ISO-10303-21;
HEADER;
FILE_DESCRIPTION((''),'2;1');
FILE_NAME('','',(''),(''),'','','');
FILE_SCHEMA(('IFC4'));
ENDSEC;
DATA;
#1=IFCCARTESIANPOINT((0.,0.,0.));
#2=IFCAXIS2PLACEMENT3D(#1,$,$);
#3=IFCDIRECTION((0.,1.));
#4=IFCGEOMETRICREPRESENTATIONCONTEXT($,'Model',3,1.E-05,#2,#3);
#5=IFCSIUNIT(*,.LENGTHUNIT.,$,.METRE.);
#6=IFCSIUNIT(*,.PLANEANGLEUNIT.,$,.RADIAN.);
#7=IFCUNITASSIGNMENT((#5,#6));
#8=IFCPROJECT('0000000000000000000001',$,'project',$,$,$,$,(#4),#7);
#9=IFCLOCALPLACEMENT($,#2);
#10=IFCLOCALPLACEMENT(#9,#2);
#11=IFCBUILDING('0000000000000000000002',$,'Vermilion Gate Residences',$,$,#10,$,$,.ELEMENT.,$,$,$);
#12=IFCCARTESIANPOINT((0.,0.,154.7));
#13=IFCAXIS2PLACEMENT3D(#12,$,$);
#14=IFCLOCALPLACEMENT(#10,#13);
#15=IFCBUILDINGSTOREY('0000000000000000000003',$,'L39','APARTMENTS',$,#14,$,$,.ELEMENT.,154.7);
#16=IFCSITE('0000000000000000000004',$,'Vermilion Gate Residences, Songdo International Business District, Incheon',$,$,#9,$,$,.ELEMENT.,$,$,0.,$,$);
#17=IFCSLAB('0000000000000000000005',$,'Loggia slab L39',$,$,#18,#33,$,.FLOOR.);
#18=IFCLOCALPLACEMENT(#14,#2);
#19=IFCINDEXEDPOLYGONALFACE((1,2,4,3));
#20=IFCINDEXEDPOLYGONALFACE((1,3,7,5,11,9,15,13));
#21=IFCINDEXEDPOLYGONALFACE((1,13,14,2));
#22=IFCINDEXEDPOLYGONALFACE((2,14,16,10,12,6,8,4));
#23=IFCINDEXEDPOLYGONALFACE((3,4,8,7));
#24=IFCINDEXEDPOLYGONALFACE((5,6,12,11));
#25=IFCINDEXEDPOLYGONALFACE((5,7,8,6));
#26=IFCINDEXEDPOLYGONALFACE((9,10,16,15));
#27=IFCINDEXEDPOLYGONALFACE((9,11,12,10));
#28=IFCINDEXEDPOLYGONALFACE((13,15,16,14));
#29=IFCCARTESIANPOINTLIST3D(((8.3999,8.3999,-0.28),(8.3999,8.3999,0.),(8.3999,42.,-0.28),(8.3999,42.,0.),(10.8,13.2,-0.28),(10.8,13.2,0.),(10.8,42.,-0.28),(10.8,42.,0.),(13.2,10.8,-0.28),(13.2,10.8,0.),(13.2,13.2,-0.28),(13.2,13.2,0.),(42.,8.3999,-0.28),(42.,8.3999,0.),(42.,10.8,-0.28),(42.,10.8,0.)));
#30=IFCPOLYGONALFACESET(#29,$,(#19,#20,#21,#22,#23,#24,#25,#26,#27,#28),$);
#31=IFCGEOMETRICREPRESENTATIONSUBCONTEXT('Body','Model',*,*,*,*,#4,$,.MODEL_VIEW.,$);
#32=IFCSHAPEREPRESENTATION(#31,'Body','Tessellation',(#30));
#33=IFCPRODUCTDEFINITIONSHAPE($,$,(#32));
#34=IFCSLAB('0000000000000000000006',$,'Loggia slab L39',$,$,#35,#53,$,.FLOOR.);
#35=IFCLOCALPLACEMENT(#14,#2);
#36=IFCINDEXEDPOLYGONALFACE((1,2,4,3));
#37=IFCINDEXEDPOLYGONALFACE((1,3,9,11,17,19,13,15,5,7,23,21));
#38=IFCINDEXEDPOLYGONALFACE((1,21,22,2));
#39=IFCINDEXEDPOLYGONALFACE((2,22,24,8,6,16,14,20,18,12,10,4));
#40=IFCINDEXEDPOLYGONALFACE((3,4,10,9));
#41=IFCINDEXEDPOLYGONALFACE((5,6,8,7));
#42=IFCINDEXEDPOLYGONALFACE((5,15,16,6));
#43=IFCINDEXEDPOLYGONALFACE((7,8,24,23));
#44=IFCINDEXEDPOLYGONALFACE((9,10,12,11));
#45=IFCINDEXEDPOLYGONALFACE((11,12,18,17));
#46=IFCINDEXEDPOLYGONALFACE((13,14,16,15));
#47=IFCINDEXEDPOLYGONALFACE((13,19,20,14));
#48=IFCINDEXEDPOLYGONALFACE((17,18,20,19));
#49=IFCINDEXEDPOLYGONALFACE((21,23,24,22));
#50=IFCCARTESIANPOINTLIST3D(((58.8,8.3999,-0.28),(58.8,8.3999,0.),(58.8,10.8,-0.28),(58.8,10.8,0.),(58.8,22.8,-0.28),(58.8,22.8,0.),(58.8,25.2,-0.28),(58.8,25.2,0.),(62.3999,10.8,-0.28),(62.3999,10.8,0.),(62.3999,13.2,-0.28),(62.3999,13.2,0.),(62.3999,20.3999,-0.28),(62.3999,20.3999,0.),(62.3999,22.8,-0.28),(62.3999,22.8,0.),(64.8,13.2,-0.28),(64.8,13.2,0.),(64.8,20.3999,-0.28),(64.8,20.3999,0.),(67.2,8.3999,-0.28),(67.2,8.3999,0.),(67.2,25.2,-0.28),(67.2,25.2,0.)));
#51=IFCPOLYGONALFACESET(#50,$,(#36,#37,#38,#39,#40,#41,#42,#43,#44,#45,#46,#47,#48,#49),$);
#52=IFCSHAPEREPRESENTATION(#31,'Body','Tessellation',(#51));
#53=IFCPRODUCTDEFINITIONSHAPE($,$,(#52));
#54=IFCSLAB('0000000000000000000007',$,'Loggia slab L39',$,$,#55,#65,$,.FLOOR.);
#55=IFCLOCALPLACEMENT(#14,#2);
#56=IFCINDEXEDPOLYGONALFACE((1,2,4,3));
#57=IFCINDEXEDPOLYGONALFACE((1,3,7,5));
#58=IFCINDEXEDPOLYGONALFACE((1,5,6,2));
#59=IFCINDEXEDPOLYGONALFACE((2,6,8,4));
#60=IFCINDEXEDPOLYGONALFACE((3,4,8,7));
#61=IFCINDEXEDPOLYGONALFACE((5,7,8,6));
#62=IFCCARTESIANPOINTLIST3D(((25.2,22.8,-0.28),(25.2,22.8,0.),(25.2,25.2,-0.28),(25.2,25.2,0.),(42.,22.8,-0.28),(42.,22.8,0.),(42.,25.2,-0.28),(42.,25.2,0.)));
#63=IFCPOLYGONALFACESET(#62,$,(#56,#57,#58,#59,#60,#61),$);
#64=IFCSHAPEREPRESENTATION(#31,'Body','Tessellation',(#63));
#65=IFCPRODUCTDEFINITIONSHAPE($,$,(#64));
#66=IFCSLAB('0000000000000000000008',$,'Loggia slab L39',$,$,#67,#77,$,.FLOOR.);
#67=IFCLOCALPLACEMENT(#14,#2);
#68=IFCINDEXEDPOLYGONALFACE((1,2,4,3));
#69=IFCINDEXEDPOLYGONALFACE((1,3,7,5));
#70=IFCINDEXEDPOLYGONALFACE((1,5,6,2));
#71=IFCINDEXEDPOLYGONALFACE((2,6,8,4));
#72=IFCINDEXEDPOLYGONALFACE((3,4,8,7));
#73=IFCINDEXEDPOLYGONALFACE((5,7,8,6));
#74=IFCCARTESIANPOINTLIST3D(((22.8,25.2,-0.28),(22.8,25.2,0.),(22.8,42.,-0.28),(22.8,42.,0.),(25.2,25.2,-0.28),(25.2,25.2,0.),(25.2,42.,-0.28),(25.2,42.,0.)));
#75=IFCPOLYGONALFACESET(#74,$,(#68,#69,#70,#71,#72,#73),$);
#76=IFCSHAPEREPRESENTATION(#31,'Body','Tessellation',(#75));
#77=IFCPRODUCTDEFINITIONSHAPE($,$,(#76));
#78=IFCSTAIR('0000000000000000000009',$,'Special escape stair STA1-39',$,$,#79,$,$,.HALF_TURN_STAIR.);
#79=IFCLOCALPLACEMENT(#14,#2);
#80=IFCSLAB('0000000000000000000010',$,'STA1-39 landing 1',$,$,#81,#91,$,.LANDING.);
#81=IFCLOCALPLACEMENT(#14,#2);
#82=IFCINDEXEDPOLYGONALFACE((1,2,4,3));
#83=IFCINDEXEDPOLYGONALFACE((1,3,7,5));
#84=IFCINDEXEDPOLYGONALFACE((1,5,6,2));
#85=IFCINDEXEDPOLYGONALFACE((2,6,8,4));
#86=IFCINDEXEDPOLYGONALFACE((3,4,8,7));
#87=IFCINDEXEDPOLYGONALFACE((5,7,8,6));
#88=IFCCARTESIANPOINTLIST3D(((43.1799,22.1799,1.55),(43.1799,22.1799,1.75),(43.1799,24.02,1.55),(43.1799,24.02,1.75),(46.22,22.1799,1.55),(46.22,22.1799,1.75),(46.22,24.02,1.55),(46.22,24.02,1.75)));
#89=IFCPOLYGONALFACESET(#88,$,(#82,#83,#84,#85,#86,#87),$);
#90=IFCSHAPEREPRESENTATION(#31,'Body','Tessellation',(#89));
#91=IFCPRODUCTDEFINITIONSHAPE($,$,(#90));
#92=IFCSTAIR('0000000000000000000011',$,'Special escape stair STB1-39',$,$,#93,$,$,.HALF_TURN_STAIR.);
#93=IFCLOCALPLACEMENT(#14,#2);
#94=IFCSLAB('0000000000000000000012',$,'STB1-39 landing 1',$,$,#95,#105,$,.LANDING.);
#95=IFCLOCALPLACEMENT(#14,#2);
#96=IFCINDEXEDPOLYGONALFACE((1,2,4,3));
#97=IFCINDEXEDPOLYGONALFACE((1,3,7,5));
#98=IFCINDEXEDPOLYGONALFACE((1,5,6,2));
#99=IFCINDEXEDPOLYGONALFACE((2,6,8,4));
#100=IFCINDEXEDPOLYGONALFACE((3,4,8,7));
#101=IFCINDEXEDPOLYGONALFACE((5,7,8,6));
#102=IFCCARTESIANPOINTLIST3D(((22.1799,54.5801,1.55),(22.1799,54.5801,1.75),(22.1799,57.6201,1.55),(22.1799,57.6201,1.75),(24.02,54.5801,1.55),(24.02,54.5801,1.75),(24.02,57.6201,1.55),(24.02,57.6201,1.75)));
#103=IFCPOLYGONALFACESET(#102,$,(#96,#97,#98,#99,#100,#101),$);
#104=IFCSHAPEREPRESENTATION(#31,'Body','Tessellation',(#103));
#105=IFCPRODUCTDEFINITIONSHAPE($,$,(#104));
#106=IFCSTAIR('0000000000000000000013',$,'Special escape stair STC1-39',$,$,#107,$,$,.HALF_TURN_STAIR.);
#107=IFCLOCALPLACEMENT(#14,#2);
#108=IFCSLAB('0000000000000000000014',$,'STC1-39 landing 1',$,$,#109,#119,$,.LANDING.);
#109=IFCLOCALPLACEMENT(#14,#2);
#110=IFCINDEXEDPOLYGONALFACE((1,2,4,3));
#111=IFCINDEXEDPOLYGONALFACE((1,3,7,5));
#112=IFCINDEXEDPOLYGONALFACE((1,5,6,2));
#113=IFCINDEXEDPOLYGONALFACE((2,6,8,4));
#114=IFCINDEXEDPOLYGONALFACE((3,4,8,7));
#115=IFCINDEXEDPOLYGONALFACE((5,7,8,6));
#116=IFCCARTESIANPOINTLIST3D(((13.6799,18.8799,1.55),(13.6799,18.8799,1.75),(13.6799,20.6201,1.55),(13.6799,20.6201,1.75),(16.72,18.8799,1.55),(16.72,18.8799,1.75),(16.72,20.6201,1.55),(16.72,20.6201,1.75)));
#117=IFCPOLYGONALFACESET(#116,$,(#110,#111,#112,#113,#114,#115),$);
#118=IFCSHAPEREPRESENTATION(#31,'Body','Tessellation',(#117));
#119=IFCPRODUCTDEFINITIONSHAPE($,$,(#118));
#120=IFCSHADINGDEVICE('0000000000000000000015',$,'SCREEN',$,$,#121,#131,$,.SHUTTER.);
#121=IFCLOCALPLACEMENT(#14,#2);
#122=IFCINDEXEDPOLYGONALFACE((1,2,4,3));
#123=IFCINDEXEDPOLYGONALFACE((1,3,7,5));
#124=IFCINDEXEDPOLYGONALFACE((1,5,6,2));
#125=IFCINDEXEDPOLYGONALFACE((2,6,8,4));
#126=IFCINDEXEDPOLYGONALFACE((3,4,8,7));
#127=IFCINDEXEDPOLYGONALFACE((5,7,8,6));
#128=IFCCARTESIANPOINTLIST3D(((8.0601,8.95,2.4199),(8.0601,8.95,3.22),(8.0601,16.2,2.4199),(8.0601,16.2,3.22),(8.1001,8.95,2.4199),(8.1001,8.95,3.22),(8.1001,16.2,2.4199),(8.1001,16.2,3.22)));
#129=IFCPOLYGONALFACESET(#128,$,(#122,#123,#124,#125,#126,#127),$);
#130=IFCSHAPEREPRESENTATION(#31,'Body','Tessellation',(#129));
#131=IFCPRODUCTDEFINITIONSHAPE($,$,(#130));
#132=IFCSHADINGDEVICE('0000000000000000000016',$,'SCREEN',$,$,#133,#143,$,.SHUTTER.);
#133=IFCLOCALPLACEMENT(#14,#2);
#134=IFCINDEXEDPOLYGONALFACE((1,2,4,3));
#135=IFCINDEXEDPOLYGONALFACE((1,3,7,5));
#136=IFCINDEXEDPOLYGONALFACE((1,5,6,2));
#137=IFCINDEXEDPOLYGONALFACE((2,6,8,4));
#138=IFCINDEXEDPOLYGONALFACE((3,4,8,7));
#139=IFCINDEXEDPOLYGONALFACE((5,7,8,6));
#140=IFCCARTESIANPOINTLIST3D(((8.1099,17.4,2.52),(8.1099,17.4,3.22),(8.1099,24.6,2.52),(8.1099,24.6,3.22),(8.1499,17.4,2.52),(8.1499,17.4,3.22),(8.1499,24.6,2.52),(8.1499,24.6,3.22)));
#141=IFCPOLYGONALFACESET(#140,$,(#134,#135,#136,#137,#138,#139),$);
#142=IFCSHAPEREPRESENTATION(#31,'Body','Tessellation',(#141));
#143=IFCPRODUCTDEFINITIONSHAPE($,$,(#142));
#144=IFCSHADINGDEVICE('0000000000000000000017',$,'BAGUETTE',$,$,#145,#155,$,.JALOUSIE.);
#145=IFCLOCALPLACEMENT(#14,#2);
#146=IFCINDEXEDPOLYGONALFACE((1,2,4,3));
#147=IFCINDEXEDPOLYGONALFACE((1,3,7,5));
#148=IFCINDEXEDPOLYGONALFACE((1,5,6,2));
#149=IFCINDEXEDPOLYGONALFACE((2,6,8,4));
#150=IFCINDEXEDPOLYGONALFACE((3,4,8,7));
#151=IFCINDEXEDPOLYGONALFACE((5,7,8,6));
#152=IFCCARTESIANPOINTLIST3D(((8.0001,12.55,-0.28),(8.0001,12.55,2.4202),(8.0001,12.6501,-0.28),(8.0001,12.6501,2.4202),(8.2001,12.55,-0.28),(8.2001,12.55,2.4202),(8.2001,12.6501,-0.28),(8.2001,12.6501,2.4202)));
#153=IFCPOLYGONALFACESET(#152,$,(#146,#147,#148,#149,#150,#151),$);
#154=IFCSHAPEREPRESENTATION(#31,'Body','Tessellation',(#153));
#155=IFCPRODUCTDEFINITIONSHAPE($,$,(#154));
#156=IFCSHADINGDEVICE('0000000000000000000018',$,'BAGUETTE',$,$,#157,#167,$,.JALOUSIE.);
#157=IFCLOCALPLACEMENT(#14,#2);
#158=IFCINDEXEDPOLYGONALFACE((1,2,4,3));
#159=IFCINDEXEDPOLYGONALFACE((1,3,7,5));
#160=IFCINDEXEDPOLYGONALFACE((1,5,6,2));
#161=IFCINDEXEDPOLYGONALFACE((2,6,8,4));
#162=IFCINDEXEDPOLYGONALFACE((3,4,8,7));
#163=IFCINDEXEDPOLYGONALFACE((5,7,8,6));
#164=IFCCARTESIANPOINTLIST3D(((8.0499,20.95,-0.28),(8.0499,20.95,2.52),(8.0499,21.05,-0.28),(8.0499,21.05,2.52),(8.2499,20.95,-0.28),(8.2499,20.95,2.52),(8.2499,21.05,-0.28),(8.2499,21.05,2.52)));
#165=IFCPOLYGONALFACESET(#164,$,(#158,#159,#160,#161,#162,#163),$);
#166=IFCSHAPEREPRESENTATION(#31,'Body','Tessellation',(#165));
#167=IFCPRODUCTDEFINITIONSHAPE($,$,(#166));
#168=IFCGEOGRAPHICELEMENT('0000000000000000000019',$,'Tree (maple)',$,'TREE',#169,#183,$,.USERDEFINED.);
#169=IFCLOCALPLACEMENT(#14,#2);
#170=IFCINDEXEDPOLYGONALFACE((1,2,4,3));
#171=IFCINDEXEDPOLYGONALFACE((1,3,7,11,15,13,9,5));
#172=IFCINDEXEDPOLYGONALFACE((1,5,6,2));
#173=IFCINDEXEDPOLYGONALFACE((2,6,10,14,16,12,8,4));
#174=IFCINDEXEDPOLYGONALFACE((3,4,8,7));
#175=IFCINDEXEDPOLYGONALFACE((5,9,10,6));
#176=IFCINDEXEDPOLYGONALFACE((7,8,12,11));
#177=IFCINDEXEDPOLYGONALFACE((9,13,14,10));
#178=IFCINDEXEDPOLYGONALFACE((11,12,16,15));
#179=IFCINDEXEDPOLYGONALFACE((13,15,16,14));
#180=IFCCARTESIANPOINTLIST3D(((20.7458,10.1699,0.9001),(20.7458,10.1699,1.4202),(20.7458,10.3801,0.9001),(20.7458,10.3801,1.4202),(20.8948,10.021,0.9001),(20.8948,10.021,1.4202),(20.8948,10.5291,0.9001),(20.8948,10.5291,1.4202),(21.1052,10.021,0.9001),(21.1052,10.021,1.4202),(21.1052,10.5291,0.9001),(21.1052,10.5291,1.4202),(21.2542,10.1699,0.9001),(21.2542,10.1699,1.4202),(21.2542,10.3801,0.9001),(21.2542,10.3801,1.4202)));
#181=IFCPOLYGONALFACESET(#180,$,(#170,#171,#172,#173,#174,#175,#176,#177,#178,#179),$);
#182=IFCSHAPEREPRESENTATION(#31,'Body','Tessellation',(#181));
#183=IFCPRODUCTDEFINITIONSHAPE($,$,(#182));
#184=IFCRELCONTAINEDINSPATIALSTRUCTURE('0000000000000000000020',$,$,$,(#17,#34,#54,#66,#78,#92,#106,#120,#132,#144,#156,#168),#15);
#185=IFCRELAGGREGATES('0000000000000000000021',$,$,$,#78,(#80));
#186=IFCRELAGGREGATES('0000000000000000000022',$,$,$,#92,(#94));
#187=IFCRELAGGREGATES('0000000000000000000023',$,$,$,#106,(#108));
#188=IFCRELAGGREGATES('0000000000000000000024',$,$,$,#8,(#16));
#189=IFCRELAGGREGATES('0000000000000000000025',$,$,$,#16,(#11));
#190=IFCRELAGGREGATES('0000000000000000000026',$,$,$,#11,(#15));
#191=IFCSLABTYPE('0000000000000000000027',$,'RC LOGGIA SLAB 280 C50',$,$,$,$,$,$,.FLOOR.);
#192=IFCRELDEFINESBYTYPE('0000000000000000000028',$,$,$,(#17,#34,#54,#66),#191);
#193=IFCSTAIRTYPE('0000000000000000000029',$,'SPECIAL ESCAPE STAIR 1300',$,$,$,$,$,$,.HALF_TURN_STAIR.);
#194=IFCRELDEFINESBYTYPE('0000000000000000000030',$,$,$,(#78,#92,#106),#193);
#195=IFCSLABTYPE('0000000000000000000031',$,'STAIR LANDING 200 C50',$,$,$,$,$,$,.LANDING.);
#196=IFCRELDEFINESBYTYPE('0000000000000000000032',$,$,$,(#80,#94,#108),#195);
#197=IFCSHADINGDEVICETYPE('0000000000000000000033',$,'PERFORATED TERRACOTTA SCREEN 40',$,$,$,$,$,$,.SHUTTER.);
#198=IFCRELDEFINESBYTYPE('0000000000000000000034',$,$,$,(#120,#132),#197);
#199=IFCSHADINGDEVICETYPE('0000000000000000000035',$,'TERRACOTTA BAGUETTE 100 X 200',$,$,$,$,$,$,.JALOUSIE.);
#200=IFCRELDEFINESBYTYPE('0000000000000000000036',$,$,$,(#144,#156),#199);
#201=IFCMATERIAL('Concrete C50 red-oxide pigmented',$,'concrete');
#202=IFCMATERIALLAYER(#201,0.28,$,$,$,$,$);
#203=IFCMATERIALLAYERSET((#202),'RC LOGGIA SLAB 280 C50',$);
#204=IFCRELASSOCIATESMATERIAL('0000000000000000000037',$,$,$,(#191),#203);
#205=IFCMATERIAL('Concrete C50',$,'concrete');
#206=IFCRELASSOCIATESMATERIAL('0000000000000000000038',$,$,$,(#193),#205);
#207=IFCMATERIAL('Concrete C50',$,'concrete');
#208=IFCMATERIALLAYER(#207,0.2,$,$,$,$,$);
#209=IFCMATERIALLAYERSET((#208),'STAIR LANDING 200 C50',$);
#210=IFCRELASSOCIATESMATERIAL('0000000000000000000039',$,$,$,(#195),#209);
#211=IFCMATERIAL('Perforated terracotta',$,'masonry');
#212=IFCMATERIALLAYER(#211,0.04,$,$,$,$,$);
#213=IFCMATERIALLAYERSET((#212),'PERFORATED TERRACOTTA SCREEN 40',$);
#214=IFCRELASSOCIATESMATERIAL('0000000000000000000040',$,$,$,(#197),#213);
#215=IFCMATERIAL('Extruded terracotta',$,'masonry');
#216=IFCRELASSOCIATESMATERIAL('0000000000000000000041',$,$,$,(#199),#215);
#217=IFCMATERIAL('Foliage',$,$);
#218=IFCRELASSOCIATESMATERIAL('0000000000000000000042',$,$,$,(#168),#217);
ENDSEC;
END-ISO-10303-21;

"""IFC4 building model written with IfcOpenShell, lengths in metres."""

from ifc_helpers import new_model, si_unit, direction, frame, origin, origin_2d, place, context, subcontext, project, spatial, polyline, rectangle, outline, extrude, material, layer, layer_set, material_profile, profile_set, type_object, element, aggregate, save


model = new_model("IFC4")

# Units and contexts
model_context = context("Model", 3, precision=1e-05, world=origin(), true_north=direction((0.0, 1.0)))
body_context = subcontext(model_context, "Body", "Model", "MODEL_VIEW")
ifc_project = project(units=[si_unit("LENGTHUNIT", "METRE"), si_unit("PLANEANGLEUNIT", "RADIAN")], contexts=[model_context])

# Site, building, storey
site_placement = place(None, origin())
site = spatial("IfcSite", under=ifc_project, at=site_placement, Name="Vermilion Gate Residences, Songdo International Business District, Incheon", CompositionType="ELEMENT", RefElevation=0.0)
building_placement = place(site_placement, origin())
building = spatial("IfcBuilding", under=site, at=building_placement, Name="Vermilion Gate Residences", CompositionType="ELEMENT")
storey_placement = place(building_placement, frame((0.0, 0.0, 154.7)))
storey = spatial("IfcBuildingStorey", under=building, at=storey_placement, Name="L39", Description="APARTMENTS", CompositionType="ELEMENT", Elevation=154.7)

# Slabs
ifc_material_1 = material(Name="Concrete C50 red-oxide pigmented", Category="concrete")
ifc_layer_1 = layer(ifc_material_1, 0.28)
ifc_layer_set_1 = layer_set([ifc_layer_1], Name="RC LOGGIA SLAB 280 C50")
slab_type_1 = type_object("IfcSlabType", Name="RC LOGGIA SLAB 280 C50", PredefinedType="FLOOR", material=ifc_layer_set_1)
slab_1_placement = place(storey_placement, frame((0.0, 0.0, -0.28)))
element("IfcSlab", 1, at=slab_1_placement, inside=storey, type_object=slab_type_1, Name="Loggia slab L39", PredefinedType="FLOOR", context=body_context, shape_type="SweptSolid", body=[
    extrude(outline(polyline([(8.3999, 42.0), (8.3999, 8.3999), (42.0, 8.3999), (42.0, 10.8), (13.2, 10.8), (13.2, 13.2), (10.8, 13.2), (10.8, 42.0), (8.3999, 42.0)])), origin(), (0.0, 0.0, 1.0), 0.28),
])
slab_2_placement = place(storey_placement, frame((0.0, 0.0, -0.28)))
element("IfcSlab", 2, at=slab_2_placement, inside=storey, type_object=slab_type_1, Name="Loggia slab L39", PredefinedType="FLOOR", context=body_context, shape_type="SweptSolid", body=[
    extrude(outline(polyline([(64.8, 13.2), (62.3999, 13.2), (62.3999, 10.8), (58.8, 10.8), (58.8, 8.3999), (67.2, 8.3999), (67.2, 25.2), (58.8, 25.2), (58.8, 22.8), (62.3999, 22.8), (62.3999, 20.3999), (64.8, 20.3999), (64.8, 13.2)])), origin(), (0.0, 0.0, 1.0), 0.28),
])
slab_3_placement = place(storey_placement, frame((0.0, 0.0, -0.28)))
element("IfcSlab", 3, at=slab_3_placement, inside=storey, type_object=slab_type_1, Name="Loggia slab L39", PredefinedType="FLOOR", context=body_context, shape_type="SweptSolid", body=[
    extrude(outline(polyline([(42.0, 25.2), (25.2, 25.2), (25.2, 22.8), (42.0, 22.8), (42.0, 25.2)])), origin(), (0.0, 0.0, 1.0), 0.28),
])
slab_4_placement = place(storey_placement, frame((0.0, 0.0, -0.28)))
element("IfcSlab", 4, at=slab_4_placement, inside=storey, type_object=slab_type_1, Name="Loggia slab L39", PredefinedType="FLOOR", context=body_context, shape_type="SweptSolid", body=[
    extrude(outline(polyline([(22.8, 42.0), (22.8, 25.2), (25.2, 25.2), (25.2, 42.0), (22.8, 42.0)])), origin(), (0.0, 0.0, 1.0), 0.28),
])

# Stairs, slabs
ifc_material_2 = material(Name="Concrete C50", Category="concrete")
stair_type = type_object("IfcStairType", Name="SPECIAL ESCAPE STAIR 1300", PredefinedType="HALF_TURN_STAIR", material=ifc_material_2)
stair_1_placement = place(storey_placement, origin())
stair_1 = element("IfcStair", 5, at=stair_1_placement, inside=storey, type_object=stair_type, Name="Special escape stair STA1-39", PredefinedType="HALF_TURN_STAIR")
ifc_material_3 = material(Name="Concrete C50", Category="concrete")
ifc_layer_2 = layer(ifc_material_3, 0.2)
ifc_layer_set_2 = layer_set([ifc_layer_2], Name="STAIR LANDING 200 C50")
slab_type_2 = type_object("IfcSlabType", Name="STAIR LANDING 200 C50", PredefinedType="LANDING", material=ifc_layer_set_2)
slab_5_placement = place(storey_placement, frame((0.0, 0.0, 1.55)))
slab_5 = element("IfcSlab", 6, at=slab_5_placement, type_object=slab_type_2, Name="STA1-39 landing 1", PredefinedType="LANDING", context=body_context, shape_type="SweptSolid", body=[
    extrude(outline(polyline([(46.22, 22.1799), (46.22, 24.02), (43.1799, 24.02), (43.1799, 22.1799), (46.22, 22.1799)])), origin(), (0.0, 0.0, 1.0), 0.2),
])
aggregate(stair_1, [slab_5])
stair_2_placement = place(storey_placement, origin())
stair_2 = element("IfcStair", 7, at=stair_2_placement, inside=storey, type_object=stair_type, Name="Special escape stair STB1-39", PredefinedType="HALF_TURN_STAIR")
slab_6_placement = place(storey_placement, frame((0.0, 0.0, 1.55)))
slab_6 = element("IfcSlab", 8, at=slab_6_placement, type_object=slab_type_2, Name="STB1-39 landing 1", PredefinedType="LANDING", context=body_context, shape_type="SweptSolid", body=[
    extrude(outline(polyline([(24.02, 54.5801), (24.02, 57.6201), (22.1799, 57.6201), (22.1799, 54.5801), (24.02, 54.5801)])), origin(), (0.0, 0.0, 1.0), 0.2),
])
aggregate(stair_2, [slab_6])
stair_3_placement = place(storey_placement, origin())
stair_3 = element("IfcStair", 9, at=stair_3_placement, inside=storey, type_object=stair_type, Name="Special escape stair STC1-39", PredefinedType="HALF_TURN_STAIR")
slab_7_placement = place(storey_placement, frame((0.0, 0.0, 1.55)))
slab_7 = element("IfcSlab", 10, at=slab_7_placement, type_object=slab_type_2, Name="STC1-39 landing 1", PredefinedType="LANDING", context=body_context, shape_type="SweptSolid", body=[
    extrude(outline(polyline([(16.72, 18.8799), (16.72, 20.6201), (13.6799, 20.6201), (13.6799, 18.8799), (16.72, 18.8799)])), origin(), (0.0, 0.0, 1.0), 0.2),
])
aggregate(stair_3, [slab_7])

# Shading devices
ifc_material_4 = material(Name="Perforated terracotta", Category="masonry")
ifc_layer_3 = layer(ifc_material_4, 0.04)
ifc_layer_set_3 = layer_set([ifc_layer_3], Name="PERFORATED TERRACOTTA SCREEN 40")
shading_device_type_1 = type_object("IfcShadingDeviceType", Name="PERFORATED TERRACOTTA SCREEN 40", PredefinedType="SHUTTER", material=ifc_layer_set_3)
shading_device_1_placement = place(storey_placement, frame((8.0801, 12.575, 2.4199), z_axis=(0.0, 0.0, 1.0), x_axis=(0.0, -1.0, 0.0)))
element("IfcShadingDevice", 11, at=shading_device_1_placement, inside=storey, type_object=shading_device_type_1, Name="SCREEN", PredefinedType="SHUTTER", context=body_context, shape_type="SweptSolid", body=[
    extrude(rectangle(XDim=7.25, YDim=0.04, at=origin_2d()), origin(), (0.0, 0.0, 1.0), 0.8),
])
shading_device_2_placement = place(storey_placement, frame((8.1299, 21.0, 2.52), z_axis=(0.0, 0.0, 1.0), x_axis=(0.0, -1.0, 0.0)))
element("IfcShadingDevice", 12, at=shading_device_2_placement, inside=storey, type_object=shading_device_type_1, Name="SCREEN", PredefinedType="SHUTTER", context=body_context, shape_type="SweptSolid", body=[
    extrude(rectangle(XDim=7.2, YDim=0.04, at=origin_2d()), origin(), (0.0, 0.0, 1.0), 0.7),
])
ifc_material_5 = material(Name="Extruded terracotta", Category="masonry")
ifc_material_profile_1 = material_profile(ifc_material_5, rectangle(XDim=0.2, YDim=0.1001, at=origin_2d()), Name="BAGUETTE 100 X 200")
ifc_profile_set_1 = profile_set([ifc_material_profile_1], Name="Extruded terracotta")
shading_device_type_2 = type_object("IfcShadingDeviceType", Name="TERRACOTTA BAGUETTE 100 X 200", PredefinedType="JALOUSIE", material=ifc_profile_set_1)
shading_device_3_placement = place(storey_placement, frame((8.1001, 12.6001, -0.28), z_axis=(0.0, 0.0, 1.0), x_axis=(1.0, 0.0, 0.0)))
element("IfcShadingDevice", 13, at=shading_device_3_placement, inside=storey, type_object=shading_device_type_2, Name="BAGUETTE", PredefinedType="JALOUSIE", context=body_context, shape_type="SweptSolid", body=[
    extrude(rectangle(XDim=0.2, YDim=0.1001, at=origin_2d()), origin(), (0.0, 0.0, 1.0), 2.7002),
])
shading_device_4_placement = place(storey_placement, frame((8.1499, 21.0, -0.28), z_axis=(0.0, 0.0, 1.0), x_axis=(1.0, 0.0, 0.0)))
element("IfcShadingDevice", 14, at=shading_device_4_placement, inside=storey, type_object=shading_device_type_2, Name="BAGUETTE", PredefinedType="JALOUSIE", context=body_context, shape_type="SweptSolid", body=[
    extrude(rectangle(XDim=0.2, YDim=0.1001, at=origin_2d()), origin(), (0.0, 0.0, 1.0), 2.8),
])

# Geographic element
ifc_material_6 = material(Name="Foliage")
geographic_element_1_placement = place(storey_placement, frame((0.0, 0.0, 0.9001)))
element("IfcGeographicElement", 15, at=geographic_element_1_placement, inside=storey, material=ifc_material_6, Name="Tree (maple)", ObjectType="TREE", PredefinedType="USERDEFINED", context=body_context, shape_type="SweptSolid", body=[
    extrude(outline(polyline([(21.2542, 10.3801), (21.1052, 10.5291), (20.8948, 10.5291), (20.7458, 10.3801), (20.7458, 10.1699), (20.8948, 10.021), (21.1052, 10.021), (21.2542, 10.1699), (21.2542, 10.3801)])), origin(), (0.0, 0.0, 1.0), 0.52),
])

save(model, "model.ifc")
